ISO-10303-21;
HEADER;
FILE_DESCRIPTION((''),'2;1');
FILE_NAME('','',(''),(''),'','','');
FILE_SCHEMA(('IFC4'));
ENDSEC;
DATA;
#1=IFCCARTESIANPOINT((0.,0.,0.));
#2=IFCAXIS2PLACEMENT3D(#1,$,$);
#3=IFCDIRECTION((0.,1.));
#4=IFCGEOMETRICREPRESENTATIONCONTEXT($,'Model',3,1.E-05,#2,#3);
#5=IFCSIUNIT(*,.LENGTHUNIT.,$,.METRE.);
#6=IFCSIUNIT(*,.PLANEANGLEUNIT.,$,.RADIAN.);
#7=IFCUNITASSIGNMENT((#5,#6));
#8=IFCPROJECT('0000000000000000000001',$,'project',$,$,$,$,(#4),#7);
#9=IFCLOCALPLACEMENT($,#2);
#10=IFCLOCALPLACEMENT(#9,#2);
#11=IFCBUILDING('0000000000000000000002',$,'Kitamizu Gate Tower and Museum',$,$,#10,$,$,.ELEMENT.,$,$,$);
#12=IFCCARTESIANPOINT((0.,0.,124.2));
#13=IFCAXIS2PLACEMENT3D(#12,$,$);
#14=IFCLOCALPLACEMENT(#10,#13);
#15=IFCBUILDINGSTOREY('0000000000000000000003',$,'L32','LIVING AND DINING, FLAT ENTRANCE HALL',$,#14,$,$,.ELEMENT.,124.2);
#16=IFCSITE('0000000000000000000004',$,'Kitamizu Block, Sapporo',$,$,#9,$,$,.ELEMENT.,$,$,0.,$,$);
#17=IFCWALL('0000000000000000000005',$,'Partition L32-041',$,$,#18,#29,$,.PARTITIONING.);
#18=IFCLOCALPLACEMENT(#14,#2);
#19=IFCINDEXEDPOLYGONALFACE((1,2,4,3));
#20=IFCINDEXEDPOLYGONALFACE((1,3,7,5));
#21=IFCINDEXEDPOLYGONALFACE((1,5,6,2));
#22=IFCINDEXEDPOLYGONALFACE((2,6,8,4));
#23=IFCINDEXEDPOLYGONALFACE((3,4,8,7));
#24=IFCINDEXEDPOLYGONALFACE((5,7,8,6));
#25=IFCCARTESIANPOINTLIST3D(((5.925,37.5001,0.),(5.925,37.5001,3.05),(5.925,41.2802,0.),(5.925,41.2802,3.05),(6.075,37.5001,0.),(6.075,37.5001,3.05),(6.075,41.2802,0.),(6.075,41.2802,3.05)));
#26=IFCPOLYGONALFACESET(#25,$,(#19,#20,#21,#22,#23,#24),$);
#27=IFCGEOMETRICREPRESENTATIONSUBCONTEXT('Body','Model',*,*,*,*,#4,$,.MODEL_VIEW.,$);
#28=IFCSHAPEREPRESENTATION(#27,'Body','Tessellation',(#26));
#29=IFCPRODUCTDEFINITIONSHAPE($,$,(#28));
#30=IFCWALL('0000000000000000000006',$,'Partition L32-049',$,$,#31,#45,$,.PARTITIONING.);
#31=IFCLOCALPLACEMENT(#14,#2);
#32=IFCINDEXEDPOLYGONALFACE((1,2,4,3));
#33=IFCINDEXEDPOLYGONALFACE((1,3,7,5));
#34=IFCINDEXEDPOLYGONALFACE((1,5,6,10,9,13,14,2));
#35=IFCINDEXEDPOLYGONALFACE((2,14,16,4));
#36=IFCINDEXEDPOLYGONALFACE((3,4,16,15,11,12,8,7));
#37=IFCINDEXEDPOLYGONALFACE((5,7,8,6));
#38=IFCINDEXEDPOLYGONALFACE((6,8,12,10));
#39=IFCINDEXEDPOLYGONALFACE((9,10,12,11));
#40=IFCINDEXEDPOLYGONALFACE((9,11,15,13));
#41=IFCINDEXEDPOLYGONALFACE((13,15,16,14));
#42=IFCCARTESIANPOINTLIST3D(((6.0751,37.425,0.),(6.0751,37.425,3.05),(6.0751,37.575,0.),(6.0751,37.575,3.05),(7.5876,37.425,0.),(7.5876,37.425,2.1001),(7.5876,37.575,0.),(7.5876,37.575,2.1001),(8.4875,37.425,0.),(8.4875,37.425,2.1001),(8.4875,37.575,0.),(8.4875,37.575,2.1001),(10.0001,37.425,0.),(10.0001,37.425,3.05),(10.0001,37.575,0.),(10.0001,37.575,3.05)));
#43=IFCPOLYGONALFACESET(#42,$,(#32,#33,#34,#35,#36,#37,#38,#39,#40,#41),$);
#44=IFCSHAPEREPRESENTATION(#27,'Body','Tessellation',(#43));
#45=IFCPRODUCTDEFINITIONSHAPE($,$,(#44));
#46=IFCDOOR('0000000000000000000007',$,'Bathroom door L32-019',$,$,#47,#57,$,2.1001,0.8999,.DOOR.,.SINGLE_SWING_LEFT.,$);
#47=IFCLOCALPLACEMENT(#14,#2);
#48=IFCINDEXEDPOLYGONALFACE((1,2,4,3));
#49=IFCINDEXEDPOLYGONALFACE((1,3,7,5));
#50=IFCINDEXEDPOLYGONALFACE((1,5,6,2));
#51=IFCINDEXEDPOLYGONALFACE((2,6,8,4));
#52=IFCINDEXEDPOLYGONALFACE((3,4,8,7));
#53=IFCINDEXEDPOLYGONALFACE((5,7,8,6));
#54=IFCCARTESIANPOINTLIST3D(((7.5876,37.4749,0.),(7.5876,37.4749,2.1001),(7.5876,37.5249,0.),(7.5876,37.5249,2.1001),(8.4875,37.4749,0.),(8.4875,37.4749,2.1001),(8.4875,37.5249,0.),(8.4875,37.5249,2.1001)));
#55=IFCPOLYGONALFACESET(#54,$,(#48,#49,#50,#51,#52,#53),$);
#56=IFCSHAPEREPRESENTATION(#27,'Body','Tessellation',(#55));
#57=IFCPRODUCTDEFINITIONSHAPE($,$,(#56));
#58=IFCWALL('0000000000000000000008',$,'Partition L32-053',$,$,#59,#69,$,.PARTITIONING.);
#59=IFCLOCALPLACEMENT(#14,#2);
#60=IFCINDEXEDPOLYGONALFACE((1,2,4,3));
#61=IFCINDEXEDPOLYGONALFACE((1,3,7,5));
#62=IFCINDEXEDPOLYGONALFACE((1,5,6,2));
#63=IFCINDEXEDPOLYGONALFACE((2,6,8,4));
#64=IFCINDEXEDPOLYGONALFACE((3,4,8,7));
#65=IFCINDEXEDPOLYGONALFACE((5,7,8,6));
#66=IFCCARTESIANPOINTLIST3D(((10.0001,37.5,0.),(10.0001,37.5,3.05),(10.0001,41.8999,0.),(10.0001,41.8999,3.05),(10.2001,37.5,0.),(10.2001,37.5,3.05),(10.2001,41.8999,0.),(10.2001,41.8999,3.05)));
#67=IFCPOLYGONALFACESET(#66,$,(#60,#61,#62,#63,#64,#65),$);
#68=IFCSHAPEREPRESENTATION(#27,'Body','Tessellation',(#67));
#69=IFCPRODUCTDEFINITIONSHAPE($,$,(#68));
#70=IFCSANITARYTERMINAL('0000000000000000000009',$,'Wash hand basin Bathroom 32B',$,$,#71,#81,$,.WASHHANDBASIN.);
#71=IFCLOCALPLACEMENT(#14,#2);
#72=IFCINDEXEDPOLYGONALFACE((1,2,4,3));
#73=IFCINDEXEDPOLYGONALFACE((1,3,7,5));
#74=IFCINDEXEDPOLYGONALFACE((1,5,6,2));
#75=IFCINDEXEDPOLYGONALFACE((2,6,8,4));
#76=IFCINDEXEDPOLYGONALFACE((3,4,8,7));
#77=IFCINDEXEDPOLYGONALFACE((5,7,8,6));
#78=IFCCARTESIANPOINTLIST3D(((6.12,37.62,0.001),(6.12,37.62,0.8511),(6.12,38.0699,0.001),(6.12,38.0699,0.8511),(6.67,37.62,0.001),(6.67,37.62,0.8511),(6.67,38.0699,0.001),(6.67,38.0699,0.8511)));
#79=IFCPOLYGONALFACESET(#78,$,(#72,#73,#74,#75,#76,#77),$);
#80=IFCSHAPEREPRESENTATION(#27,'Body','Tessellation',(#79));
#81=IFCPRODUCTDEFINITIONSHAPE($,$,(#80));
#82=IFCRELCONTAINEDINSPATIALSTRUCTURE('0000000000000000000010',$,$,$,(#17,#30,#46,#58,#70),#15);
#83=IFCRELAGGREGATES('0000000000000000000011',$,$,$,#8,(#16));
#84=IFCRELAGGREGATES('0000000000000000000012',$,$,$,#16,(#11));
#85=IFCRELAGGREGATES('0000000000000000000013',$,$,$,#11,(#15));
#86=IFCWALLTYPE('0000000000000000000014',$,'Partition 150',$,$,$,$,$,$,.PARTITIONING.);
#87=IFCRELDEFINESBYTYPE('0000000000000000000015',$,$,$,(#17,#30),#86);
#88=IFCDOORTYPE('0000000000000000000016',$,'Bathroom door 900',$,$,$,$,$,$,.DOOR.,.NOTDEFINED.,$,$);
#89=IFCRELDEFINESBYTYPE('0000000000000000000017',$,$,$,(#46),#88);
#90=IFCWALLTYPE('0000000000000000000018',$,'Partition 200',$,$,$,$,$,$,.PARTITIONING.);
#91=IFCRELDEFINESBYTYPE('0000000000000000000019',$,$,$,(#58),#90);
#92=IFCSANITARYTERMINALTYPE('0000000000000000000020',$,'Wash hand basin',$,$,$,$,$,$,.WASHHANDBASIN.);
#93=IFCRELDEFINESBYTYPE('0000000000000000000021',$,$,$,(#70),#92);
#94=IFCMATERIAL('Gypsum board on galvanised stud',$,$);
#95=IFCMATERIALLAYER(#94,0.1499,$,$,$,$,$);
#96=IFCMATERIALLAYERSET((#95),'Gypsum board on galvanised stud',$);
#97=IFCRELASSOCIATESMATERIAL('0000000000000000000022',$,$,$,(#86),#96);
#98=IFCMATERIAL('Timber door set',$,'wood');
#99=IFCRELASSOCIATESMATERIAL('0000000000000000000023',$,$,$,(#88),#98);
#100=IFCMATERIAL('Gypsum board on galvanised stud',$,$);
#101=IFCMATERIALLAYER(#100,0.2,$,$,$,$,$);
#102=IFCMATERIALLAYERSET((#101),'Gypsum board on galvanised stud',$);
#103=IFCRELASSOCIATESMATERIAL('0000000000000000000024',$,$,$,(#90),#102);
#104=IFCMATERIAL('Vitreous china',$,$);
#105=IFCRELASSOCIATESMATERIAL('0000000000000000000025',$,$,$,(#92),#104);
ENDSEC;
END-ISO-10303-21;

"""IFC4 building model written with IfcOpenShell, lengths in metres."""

from ifc_helpers import new_model, si_unit, direction, frame, frame_2d, origin, origin_2d, place, context, subcontext, project, spatial, rectangle, extrude, material, layer, layer_set, type_object, element, fill, save


model = new_model("IFC4")

# Units and contexts
model_context = context("Model", 3, precision=1e-05, world=origin(), true_north=direction((0.0, 1.0)))
body_context = subcontext(model_context, "Body", "Model", "MODEL_VIEW")
ifc_project = project(units=[si_unit("LENGTHUNIT", "METRE"), si_unit("PLANEANGLEUNIT", "RADIAN")], contexts=[model_context])

# Site, building, storey
site_placement = place(None, origin())
site = spatial("IfcSite", under=ifc_project, at=site_placement, Name="Kitamizu Block, Sapporo", CompositionType="ELEMENT", RefElevation=0.0)
building_placement = place(site_placement, origin())
building = spatial("IfcBuilding", under=site, at=building_placement, Name="Kitamizu Gate Tower and Museum", CompositionType="ELEMENT")
storey_placement = place(building_placement, frame((0.0, 0.0, 124.2)))
storey = spatial("IfcBuildingStorey", under=building, at=storey_placement, Name="L32", Description="LIVING AND DINING, FLAT ENTRANCE HALL", CompositionType="ELEMENT", Elevation=124.2)

# Wall
ifc_material_1 = material(Name="Gypsum board on galvanised stud")
ifc_layer_1 = layer(ifc_material_1, 0.1499)
ifc_layer_set_1 = layer_set([ifc_layer_1], Name="Gypsum board on galvanised stud")
wall_type_1 = type_object("IfcWallType", Name="Partition 150", PredefinedType="PARTITIONING", material=ifc_layer_set_1)
wall_1_placement = place(storey_placement, frame((6.0, 37.5, 0.0), z_axis=(0.0, 0.0, 1.0), x_axis=(0.0, 1.0, 0.0)))
element("IfcWall", 1, at=wall_1_placement, inside=storey, type_object=wall_type_1, Name="Partition L32-041", PredefinedType="PARTITIONING", context=body_context, shape_type="SweptSolid", body=[
    extrude(rectangle(XDim=3.78, YDim=0.1499, at=frame_2d((1.8901, 0.0))), origin(), (0.0, 0.0, 1.0), 3.05),
])

# Wall, opening, door
wall_2_placement = place(storey_placement, frame((10.0, 37.5, 0.0), z_axis=(0.0, 0.0, 1.0), x_axis=(-1.0, 0.0, 0.0)))
wall_2 = element("IfcWall", 2, at=wall_2_placement, inside=storey, type_object=wall_type_1, Name="Partition L32-049", PredefinedType="PARTITIONING", context=body_context, shape_type="SweptSolid", body=[
    extrude(rectangle(XDim=3.925, YDim=0.1499, at=frame_2d((1.9624, 0.0))), origin(), (0.0, 0.0, 1.0), 3.05),
])
opening_placement = place(wall_2_placement, frame((1.5125, 0.0, 0.0)))
opening = element("IfcOpeningElement", 3, at=opening_placement, cuts=wall_2, PredefinedType="OPENING", context=body_context, shape_type="SweptSolid", body=[
    extrude(rectangle(XDim=0.8999, YDim=2.1001, at=frame_2d((0.45, 1.05))), frame((0.0, 0.085, 0.0), z_axis=(0.0, -1.0, 0.0), x_axis=(1.0, 0.0, 0.0)), (0.0, 0.0, 1.0), 0.1699),
])
ifc_material_2 = material(Name="Timber door set", Category="wood")
door_type = type_object("IfcDoorType", Name="Bathroom door 900", OperationType="NOTDEFINED", PredefinedType="DOOR", material=ifc_material_2)
door_placement = place(opening_placement, frame((0.8999, 0.0, 0.0), x_axis=(-1.0, 0.0, 0.0)))
door = element("IfcDoor", 4, at=door_placement, inside=storey, type_object=door_type, Name="Bathroom door L32-019", OperationType="SINGLE_SWING_LEFT", OverallHeight=2.1001, OverallWidth=0.8999, PredefinedType="DOOR", context=body_context, shape_type="SweptSolid", body=[
    extrude(rectangle(XDim=0.8999, YDim=2.1001, at=frame_2d((0.45, 1.05))), frame((0.0, 0.0249, 0.0), z_axis=(0.0, -1.0, 0.0), x_axis=(1.0, 0.0, 0.0)), (0.0, 0.0, 1.0), 0.05),
])
fill(opening, door)

# Wall
ifc_material_3 = material(Name="Gypsum board on galvanised stud")
ifc_layer_2 = layer(ifc_material_3, 0.2)
ifc_layer_set_2 = layer_set([ifc_layer_2], Name="Gypsum board on galvanised stud")
wall_type_2 = type_object("IfcWallType", Name="Partition 200", PredefinedType="PARTITIONING", material=ifc_layer_set_2)
wall_3_placement = place(storey_placement, frame((10.1001, 37.5, 0.0), z_axis=(0.0, 0.0, 1.0), x_axis=(0.0, 1.0, 0.0)))
element("IfcWall", 5, at=wall_3_placement, inside=storey, type_object=wall_type_2, Name="Partition L32-053", PredefinedType="PARTITIONING", context=body_context, shape_type="SweptSolid", body=[
    extrude(rectangle(XDim=4.3999, YDim=0.2, at=frame_2d((2.2, 0.0))), origin(), (0.0, 0.0, 1.0), 3.05),
])

# Sanitary terminal
ifc_material_4 = material(Name="Vitreous china")
sanitary_terminal_type = type_object("IfcSanitaryTerminalType", Name="Wash hand basin", PredefinedType="WASHHANDBASIN", material=ifc_material_4)
sanitary_terminal_placement = place(storey_placement, frame((6.395, 37.845, 0.001), z_axis=(0.0, 0.0, 1.0), x_axis=(1.0, 0.0, 0.0)))
element("IfcSanitaryTerminal", 6, at=sanitary_terminal_placement, inside=storey, type_object=sanitary_terminal_type, Name="Wash hand basin Bathroom 32B", PredefinedType="WASHHANDBASIN", context=body_context, shape_type="SweptSolid", body=[
    extrude(rectangle(XDim=0.55, YDim=0.45, at=origin_2d()), origin(), (0.0, 0.0, 1.0), 0.8501),
])

save(model, "model.ifc")
